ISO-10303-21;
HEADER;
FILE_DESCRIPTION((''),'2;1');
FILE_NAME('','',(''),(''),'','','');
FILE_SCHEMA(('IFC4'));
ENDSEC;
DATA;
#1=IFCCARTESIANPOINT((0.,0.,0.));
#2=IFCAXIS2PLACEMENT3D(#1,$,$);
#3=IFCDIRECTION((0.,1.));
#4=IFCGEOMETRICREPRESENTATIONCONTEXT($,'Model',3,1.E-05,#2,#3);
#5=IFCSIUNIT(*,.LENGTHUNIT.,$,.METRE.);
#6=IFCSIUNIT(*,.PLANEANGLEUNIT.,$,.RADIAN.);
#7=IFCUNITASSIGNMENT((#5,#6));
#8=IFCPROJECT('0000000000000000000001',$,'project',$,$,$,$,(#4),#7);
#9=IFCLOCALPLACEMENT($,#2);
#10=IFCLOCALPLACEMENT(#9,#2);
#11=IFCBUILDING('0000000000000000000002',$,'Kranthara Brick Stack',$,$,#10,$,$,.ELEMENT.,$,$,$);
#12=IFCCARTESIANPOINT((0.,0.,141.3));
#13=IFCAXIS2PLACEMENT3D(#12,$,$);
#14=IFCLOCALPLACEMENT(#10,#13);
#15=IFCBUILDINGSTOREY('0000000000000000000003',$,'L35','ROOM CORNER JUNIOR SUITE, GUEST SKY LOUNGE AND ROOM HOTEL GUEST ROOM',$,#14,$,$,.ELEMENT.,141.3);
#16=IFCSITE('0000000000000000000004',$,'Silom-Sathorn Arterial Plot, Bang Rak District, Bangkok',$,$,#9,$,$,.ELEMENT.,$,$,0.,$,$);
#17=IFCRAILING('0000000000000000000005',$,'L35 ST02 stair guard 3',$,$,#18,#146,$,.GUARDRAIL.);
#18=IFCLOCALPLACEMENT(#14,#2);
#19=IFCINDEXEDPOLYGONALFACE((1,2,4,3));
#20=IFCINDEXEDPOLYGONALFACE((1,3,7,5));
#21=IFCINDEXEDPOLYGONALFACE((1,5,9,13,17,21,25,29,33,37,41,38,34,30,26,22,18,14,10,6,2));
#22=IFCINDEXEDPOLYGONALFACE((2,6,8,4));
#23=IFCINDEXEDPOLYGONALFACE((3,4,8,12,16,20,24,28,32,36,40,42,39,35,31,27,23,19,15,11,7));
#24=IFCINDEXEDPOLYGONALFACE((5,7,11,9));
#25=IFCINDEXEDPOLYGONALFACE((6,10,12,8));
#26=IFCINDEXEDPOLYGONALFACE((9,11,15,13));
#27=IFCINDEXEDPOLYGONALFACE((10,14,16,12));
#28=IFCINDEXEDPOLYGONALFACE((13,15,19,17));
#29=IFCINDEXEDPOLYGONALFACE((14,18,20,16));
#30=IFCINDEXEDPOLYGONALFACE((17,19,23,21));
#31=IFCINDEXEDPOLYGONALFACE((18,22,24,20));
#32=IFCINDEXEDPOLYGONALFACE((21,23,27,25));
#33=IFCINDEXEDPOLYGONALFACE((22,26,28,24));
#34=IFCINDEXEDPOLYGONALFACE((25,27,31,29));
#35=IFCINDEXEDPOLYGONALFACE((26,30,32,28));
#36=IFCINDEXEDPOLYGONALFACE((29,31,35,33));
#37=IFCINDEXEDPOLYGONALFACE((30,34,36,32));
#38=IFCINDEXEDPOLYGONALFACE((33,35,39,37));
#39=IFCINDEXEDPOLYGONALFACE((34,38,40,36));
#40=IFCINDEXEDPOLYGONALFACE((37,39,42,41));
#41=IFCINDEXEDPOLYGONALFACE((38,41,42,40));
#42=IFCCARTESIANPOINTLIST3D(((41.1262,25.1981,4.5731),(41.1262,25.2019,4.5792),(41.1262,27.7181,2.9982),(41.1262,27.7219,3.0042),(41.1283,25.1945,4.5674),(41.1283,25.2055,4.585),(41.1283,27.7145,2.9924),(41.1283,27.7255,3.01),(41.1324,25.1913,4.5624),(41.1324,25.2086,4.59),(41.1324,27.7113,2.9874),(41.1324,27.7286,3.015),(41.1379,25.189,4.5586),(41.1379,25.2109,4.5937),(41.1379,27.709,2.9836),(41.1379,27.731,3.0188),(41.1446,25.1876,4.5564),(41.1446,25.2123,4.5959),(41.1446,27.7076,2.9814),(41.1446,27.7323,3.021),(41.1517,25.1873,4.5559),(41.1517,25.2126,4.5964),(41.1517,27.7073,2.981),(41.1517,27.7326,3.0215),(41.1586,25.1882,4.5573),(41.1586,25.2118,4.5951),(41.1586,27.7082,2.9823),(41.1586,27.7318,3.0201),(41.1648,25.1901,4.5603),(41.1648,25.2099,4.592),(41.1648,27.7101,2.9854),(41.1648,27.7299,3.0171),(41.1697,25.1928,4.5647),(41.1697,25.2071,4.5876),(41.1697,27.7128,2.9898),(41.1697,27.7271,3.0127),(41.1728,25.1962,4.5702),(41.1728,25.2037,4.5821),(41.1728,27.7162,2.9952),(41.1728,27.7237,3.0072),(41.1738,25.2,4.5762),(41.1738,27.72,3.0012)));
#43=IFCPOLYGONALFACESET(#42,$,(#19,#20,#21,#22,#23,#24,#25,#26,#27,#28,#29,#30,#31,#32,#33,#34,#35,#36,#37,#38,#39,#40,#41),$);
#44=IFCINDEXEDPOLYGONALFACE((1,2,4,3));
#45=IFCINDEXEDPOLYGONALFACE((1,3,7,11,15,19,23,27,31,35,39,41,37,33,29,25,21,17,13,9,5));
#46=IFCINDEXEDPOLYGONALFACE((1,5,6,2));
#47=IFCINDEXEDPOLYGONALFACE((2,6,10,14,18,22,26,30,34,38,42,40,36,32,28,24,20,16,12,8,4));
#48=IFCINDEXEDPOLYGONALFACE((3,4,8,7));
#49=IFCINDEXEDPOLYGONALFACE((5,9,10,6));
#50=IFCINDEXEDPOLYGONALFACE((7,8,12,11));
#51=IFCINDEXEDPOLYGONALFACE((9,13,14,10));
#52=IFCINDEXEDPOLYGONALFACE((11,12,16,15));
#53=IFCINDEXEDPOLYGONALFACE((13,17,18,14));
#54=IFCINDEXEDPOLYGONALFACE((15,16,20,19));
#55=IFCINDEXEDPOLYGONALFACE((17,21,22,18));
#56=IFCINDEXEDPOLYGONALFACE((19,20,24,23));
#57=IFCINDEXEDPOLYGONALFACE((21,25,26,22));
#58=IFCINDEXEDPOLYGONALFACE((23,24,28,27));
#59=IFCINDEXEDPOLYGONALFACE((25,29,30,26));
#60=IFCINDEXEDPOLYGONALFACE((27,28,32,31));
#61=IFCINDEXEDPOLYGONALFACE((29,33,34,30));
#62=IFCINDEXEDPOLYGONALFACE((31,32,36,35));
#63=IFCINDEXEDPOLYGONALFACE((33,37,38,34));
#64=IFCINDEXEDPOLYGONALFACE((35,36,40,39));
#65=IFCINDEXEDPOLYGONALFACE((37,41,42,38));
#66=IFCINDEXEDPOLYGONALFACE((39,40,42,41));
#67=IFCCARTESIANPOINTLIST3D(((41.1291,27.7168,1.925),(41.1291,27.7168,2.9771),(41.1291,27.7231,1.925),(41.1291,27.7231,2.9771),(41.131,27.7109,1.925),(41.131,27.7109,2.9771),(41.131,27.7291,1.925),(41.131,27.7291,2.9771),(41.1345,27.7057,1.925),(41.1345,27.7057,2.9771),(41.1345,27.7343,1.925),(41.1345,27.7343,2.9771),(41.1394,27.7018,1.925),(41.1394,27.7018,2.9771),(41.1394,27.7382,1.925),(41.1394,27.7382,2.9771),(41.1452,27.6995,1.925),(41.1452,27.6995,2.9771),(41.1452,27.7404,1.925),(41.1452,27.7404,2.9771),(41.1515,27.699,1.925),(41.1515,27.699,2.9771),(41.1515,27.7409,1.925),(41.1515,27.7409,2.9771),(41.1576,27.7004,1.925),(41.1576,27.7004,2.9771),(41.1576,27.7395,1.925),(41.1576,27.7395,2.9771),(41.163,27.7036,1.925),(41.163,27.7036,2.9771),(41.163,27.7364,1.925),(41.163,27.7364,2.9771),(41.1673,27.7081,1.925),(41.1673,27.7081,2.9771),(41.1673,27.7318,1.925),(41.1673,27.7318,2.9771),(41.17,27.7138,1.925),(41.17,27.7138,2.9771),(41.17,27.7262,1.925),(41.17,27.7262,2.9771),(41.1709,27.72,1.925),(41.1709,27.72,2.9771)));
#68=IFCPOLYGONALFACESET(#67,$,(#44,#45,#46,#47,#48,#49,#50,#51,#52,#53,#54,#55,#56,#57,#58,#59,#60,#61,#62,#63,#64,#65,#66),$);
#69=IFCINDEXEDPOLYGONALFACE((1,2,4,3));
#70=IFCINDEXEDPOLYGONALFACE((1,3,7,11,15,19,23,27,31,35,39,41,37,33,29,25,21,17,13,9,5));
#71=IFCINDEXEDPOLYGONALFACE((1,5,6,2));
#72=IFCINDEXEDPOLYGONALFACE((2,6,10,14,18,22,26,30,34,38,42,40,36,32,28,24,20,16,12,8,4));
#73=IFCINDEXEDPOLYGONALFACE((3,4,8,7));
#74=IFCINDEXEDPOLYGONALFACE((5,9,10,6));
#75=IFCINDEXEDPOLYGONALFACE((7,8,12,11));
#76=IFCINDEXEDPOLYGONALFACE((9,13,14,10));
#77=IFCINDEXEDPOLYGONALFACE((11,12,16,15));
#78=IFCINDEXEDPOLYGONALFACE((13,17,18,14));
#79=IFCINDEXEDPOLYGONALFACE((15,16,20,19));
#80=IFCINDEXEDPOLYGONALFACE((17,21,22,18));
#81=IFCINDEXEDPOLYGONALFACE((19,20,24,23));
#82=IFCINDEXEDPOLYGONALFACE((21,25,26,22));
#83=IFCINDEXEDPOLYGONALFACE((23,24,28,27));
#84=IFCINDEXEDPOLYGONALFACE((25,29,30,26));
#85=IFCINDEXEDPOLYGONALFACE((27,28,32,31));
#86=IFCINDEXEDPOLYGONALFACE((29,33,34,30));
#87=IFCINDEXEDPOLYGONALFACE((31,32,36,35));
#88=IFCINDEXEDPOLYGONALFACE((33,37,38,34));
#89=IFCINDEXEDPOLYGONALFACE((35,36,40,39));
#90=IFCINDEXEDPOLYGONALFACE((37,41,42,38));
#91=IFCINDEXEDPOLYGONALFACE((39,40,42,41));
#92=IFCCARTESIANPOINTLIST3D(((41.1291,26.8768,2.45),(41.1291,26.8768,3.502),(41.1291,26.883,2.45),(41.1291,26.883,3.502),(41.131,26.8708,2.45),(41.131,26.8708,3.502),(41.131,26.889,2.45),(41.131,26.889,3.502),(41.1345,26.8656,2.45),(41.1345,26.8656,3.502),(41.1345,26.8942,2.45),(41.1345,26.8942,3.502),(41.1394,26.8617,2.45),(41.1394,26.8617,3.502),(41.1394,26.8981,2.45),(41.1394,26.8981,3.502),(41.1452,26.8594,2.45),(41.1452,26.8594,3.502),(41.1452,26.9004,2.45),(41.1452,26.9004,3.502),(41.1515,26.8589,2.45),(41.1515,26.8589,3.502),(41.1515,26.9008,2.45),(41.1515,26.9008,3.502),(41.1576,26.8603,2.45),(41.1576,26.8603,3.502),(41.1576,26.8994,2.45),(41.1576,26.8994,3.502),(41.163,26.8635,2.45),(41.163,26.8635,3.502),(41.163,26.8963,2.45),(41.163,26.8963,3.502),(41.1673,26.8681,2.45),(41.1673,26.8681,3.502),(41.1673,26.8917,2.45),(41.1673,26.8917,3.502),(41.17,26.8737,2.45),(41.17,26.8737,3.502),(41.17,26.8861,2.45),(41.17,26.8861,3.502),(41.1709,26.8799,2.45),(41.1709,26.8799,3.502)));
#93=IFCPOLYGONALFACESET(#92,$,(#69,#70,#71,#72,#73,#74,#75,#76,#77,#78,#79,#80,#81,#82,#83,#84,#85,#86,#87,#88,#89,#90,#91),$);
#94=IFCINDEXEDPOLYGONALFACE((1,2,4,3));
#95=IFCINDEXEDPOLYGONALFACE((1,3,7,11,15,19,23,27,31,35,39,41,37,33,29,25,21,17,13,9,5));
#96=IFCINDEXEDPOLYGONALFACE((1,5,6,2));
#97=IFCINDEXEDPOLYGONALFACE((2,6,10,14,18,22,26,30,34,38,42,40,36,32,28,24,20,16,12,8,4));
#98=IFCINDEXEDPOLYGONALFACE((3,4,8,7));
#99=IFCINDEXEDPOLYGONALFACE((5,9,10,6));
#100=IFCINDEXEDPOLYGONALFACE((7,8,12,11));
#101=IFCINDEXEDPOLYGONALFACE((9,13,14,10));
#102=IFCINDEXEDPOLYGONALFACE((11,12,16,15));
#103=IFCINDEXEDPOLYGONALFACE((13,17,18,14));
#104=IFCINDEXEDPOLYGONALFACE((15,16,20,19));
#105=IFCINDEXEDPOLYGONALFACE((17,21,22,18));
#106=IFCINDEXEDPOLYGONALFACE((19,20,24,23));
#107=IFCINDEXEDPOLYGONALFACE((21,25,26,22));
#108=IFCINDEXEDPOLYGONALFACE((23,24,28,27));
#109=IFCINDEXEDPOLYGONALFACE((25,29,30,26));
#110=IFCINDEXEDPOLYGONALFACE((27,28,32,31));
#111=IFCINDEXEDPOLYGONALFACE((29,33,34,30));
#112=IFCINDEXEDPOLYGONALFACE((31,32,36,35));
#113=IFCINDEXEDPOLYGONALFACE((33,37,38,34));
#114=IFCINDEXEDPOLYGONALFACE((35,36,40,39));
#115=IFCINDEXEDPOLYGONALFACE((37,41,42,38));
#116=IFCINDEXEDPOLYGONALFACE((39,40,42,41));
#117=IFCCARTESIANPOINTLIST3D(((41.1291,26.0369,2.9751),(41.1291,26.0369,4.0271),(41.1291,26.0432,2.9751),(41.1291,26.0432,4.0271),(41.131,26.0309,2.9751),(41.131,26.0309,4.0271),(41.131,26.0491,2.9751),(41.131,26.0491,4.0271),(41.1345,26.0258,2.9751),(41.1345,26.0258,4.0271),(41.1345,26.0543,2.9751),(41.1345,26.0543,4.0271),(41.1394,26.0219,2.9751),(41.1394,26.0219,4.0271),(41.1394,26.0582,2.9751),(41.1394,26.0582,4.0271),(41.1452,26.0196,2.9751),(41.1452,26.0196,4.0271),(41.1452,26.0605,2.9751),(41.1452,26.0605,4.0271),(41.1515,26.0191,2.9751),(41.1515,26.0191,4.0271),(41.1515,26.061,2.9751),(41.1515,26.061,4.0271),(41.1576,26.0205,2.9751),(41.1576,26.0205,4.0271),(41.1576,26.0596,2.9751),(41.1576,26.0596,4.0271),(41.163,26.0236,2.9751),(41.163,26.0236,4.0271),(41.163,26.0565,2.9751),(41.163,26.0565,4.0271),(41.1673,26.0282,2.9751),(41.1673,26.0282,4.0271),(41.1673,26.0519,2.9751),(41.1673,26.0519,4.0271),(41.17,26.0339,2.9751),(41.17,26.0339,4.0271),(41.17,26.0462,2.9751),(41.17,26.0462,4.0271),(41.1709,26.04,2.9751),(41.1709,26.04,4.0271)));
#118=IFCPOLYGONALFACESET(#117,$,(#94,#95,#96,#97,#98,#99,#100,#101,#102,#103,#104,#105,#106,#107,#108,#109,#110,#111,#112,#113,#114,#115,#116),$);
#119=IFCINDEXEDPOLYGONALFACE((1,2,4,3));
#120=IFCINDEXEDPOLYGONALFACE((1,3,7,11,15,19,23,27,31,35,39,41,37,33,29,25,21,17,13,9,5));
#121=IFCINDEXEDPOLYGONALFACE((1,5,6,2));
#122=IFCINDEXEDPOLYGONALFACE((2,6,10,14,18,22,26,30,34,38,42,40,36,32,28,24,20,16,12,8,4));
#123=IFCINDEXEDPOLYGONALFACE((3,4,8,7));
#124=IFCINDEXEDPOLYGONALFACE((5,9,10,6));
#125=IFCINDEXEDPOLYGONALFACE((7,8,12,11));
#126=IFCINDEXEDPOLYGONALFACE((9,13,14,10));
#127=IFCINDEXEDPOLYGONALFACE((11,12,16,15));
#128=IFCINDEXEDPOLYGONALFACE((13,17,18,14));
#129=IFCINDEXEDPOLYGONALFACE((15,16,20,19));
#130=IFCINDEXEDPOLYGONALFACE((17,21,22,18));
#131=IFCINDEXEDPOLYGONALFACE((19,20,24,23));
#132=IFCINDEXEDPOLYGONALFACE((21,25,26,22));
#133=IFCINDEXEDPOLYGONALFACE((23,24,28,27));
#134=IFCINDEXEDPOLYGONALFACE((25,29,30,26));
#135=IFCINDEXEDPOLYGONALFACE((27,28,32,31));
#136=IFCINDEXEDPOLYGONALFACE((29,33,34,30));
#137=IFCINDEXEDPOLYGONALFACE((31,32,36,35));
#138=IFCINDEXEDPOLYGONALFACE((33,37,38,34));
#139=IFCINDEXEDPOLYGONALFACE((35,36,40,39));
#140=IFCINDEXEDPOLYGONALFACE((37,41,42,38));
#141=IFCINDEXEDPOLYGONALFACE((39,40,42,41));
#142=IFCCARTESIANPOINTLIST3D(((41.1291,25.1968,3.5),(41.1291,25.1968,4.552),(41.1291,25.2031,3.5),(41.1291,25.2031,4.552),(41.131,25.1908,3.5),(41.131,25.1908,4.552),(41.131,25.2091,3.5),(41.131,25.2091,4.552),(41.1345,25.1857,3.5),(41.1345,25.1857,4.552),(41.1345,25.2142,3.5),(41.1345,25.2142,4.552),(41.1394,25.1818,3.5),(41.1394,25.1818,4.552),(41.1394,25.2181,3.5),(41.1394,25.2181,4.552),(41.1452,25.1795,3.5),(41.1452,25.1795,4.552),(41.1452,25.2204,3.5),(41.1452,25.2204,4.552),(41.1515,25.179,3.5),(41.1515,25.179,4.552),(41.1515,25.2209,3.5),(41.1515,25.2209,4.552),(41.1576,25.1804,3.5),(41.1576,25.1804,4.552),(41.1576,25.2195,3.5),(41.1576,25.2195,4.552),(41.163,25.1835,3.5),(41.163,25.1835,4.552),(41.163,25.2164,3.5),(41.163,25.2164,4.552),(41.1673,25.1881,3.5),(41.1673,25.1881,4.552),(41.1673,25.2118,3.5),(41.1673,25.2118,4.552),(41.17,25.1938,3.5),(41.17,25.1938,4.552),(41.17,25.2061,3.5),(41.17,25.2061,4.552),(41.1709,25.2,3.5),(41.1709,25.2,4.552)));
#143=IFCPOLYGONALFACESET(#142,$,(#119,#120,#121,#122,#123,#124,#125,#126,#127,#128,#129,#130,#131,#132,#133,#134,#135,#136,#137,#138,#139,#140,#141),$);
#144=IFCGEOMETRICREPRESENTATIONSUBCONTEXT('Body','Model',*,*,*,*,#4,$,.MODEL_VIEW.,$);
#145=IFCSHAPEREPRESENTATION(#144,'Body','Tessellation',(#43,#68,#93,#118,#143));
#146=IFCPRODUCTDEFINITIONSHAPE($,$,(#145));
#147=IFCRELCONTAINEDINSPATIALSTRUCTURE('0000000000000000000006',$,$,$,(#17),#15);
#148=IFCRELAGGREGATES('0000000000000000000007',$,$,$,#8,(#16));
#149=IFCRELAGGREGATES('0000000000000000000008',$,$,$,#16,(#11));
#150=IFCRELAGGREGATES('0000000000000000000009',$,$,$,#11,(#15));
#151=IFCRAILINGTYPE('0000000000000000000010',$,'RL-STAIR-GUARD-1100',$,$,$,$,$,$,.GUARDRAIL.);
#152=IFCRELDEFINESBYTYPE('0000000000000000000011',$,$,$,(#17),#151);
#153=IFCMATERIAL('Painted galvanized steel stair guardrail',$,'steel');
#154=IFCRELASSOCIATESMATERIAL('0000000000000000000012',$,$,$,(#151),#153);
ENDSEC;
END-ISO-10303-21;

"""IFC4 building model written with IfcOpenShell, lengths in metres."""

from ifc_helpers import new_model, si_unit, direction, frame, origin, origin_2d, place, context, subcontext, project, spatial, circle, extrude, material, type_object, element, save


model = new_model("IFC4")

# Units and contexts
model_context = context("Model", 3, precision=1e-05, world=origin(), true_north=direction((0.0, 1.0)))
body_context = subcontext(model_context, "Body", "Model", "MODEL_VIEW")
ifc_project = project(units=[si_unit("LENGTHUNIT", "METRE"), si_unit("PLANEANGLEUNIT", "RADIAN")], contexts=[model_context])

# Site, building, storey
site_placement = place(None, origin())
site = spatial("IfcSite", under=ifc_project, at=site_placement, Name="Silom-Sathorn Arterial Plot, Bang Rak District, Bangkok", CompositionType="ELEMENT", RefElevation=0.0)
building_placement = place(site_placement, origin())
building = spatial("IfcBuilding", under=site, at=building_placement, Name="Kranthara Brick Stack", CompositionType="ELEMENT")
storey_placement = place(building_placement, frame((0.0, 0.0, 141.3)))
storey = spatial("IfcBuildingStorey", under=building, at=storey_placement, Name="L35", Description="ROOM CORNER JUNIOR SUITE, GUEST SKY LOUNGE AND ROOM HOTEL GUEST ROOM", CompositionType="ELEMENT", Elevation=141.3)

# Railing
ifc_material_1 = material(Name="Painted galvanized steel stair guardrail", Category="steel")
railing_type_1 = type_object("IfcRailingType", Name="RL-STAIR-GUARD-1100", PredefinedType="GUARDRAIL", material=ifc_material_1)
railing_1_placement = place(storey_placement, frame((41.1499, 27.72, 1.925)))
element("IfcRailing", 1, at=railing_1_placement, inside=storey, type_object=railing_type_1, Name="L35 ST02 stair guard 3", PredefinedType="GUARDRAIL", context=body_context, shape_type="SweptSolid", body=[
    extrude(circle(Radius=0.0239, at=origin_2d()), frame((0.0, 0.0, 1.0762), z_axis=(0.0, -0.848008, 0.529984), x_axis=(1.0, 0.0, 0.0)), (0.0, 0.0, 1.0), 2.9717),
    extrude(circle(Radius=0.021, at=origin_2d()), origin(), (0.0, 0.0, 1.0), 1.052),
    extrude(circle(Radius=0.021, at=origin_2d()), frame((0.0, -0.8401, 0.5249)), (0.0, 0.0, 1.0), 1.052),
    extrude(circle(Radius=0.021, at=origin_2d()), frame((0.0, -1.6799, 1.05)), (0.0, 0.0, 1.0), 1.052),
    extrude(circle(Radius=0.021, at=origin_2d()), frame((0.0, -2.52, 1.575)), (0.0, 0.0, 1.0), 1.052),
])

save(model, "model.ifc")
